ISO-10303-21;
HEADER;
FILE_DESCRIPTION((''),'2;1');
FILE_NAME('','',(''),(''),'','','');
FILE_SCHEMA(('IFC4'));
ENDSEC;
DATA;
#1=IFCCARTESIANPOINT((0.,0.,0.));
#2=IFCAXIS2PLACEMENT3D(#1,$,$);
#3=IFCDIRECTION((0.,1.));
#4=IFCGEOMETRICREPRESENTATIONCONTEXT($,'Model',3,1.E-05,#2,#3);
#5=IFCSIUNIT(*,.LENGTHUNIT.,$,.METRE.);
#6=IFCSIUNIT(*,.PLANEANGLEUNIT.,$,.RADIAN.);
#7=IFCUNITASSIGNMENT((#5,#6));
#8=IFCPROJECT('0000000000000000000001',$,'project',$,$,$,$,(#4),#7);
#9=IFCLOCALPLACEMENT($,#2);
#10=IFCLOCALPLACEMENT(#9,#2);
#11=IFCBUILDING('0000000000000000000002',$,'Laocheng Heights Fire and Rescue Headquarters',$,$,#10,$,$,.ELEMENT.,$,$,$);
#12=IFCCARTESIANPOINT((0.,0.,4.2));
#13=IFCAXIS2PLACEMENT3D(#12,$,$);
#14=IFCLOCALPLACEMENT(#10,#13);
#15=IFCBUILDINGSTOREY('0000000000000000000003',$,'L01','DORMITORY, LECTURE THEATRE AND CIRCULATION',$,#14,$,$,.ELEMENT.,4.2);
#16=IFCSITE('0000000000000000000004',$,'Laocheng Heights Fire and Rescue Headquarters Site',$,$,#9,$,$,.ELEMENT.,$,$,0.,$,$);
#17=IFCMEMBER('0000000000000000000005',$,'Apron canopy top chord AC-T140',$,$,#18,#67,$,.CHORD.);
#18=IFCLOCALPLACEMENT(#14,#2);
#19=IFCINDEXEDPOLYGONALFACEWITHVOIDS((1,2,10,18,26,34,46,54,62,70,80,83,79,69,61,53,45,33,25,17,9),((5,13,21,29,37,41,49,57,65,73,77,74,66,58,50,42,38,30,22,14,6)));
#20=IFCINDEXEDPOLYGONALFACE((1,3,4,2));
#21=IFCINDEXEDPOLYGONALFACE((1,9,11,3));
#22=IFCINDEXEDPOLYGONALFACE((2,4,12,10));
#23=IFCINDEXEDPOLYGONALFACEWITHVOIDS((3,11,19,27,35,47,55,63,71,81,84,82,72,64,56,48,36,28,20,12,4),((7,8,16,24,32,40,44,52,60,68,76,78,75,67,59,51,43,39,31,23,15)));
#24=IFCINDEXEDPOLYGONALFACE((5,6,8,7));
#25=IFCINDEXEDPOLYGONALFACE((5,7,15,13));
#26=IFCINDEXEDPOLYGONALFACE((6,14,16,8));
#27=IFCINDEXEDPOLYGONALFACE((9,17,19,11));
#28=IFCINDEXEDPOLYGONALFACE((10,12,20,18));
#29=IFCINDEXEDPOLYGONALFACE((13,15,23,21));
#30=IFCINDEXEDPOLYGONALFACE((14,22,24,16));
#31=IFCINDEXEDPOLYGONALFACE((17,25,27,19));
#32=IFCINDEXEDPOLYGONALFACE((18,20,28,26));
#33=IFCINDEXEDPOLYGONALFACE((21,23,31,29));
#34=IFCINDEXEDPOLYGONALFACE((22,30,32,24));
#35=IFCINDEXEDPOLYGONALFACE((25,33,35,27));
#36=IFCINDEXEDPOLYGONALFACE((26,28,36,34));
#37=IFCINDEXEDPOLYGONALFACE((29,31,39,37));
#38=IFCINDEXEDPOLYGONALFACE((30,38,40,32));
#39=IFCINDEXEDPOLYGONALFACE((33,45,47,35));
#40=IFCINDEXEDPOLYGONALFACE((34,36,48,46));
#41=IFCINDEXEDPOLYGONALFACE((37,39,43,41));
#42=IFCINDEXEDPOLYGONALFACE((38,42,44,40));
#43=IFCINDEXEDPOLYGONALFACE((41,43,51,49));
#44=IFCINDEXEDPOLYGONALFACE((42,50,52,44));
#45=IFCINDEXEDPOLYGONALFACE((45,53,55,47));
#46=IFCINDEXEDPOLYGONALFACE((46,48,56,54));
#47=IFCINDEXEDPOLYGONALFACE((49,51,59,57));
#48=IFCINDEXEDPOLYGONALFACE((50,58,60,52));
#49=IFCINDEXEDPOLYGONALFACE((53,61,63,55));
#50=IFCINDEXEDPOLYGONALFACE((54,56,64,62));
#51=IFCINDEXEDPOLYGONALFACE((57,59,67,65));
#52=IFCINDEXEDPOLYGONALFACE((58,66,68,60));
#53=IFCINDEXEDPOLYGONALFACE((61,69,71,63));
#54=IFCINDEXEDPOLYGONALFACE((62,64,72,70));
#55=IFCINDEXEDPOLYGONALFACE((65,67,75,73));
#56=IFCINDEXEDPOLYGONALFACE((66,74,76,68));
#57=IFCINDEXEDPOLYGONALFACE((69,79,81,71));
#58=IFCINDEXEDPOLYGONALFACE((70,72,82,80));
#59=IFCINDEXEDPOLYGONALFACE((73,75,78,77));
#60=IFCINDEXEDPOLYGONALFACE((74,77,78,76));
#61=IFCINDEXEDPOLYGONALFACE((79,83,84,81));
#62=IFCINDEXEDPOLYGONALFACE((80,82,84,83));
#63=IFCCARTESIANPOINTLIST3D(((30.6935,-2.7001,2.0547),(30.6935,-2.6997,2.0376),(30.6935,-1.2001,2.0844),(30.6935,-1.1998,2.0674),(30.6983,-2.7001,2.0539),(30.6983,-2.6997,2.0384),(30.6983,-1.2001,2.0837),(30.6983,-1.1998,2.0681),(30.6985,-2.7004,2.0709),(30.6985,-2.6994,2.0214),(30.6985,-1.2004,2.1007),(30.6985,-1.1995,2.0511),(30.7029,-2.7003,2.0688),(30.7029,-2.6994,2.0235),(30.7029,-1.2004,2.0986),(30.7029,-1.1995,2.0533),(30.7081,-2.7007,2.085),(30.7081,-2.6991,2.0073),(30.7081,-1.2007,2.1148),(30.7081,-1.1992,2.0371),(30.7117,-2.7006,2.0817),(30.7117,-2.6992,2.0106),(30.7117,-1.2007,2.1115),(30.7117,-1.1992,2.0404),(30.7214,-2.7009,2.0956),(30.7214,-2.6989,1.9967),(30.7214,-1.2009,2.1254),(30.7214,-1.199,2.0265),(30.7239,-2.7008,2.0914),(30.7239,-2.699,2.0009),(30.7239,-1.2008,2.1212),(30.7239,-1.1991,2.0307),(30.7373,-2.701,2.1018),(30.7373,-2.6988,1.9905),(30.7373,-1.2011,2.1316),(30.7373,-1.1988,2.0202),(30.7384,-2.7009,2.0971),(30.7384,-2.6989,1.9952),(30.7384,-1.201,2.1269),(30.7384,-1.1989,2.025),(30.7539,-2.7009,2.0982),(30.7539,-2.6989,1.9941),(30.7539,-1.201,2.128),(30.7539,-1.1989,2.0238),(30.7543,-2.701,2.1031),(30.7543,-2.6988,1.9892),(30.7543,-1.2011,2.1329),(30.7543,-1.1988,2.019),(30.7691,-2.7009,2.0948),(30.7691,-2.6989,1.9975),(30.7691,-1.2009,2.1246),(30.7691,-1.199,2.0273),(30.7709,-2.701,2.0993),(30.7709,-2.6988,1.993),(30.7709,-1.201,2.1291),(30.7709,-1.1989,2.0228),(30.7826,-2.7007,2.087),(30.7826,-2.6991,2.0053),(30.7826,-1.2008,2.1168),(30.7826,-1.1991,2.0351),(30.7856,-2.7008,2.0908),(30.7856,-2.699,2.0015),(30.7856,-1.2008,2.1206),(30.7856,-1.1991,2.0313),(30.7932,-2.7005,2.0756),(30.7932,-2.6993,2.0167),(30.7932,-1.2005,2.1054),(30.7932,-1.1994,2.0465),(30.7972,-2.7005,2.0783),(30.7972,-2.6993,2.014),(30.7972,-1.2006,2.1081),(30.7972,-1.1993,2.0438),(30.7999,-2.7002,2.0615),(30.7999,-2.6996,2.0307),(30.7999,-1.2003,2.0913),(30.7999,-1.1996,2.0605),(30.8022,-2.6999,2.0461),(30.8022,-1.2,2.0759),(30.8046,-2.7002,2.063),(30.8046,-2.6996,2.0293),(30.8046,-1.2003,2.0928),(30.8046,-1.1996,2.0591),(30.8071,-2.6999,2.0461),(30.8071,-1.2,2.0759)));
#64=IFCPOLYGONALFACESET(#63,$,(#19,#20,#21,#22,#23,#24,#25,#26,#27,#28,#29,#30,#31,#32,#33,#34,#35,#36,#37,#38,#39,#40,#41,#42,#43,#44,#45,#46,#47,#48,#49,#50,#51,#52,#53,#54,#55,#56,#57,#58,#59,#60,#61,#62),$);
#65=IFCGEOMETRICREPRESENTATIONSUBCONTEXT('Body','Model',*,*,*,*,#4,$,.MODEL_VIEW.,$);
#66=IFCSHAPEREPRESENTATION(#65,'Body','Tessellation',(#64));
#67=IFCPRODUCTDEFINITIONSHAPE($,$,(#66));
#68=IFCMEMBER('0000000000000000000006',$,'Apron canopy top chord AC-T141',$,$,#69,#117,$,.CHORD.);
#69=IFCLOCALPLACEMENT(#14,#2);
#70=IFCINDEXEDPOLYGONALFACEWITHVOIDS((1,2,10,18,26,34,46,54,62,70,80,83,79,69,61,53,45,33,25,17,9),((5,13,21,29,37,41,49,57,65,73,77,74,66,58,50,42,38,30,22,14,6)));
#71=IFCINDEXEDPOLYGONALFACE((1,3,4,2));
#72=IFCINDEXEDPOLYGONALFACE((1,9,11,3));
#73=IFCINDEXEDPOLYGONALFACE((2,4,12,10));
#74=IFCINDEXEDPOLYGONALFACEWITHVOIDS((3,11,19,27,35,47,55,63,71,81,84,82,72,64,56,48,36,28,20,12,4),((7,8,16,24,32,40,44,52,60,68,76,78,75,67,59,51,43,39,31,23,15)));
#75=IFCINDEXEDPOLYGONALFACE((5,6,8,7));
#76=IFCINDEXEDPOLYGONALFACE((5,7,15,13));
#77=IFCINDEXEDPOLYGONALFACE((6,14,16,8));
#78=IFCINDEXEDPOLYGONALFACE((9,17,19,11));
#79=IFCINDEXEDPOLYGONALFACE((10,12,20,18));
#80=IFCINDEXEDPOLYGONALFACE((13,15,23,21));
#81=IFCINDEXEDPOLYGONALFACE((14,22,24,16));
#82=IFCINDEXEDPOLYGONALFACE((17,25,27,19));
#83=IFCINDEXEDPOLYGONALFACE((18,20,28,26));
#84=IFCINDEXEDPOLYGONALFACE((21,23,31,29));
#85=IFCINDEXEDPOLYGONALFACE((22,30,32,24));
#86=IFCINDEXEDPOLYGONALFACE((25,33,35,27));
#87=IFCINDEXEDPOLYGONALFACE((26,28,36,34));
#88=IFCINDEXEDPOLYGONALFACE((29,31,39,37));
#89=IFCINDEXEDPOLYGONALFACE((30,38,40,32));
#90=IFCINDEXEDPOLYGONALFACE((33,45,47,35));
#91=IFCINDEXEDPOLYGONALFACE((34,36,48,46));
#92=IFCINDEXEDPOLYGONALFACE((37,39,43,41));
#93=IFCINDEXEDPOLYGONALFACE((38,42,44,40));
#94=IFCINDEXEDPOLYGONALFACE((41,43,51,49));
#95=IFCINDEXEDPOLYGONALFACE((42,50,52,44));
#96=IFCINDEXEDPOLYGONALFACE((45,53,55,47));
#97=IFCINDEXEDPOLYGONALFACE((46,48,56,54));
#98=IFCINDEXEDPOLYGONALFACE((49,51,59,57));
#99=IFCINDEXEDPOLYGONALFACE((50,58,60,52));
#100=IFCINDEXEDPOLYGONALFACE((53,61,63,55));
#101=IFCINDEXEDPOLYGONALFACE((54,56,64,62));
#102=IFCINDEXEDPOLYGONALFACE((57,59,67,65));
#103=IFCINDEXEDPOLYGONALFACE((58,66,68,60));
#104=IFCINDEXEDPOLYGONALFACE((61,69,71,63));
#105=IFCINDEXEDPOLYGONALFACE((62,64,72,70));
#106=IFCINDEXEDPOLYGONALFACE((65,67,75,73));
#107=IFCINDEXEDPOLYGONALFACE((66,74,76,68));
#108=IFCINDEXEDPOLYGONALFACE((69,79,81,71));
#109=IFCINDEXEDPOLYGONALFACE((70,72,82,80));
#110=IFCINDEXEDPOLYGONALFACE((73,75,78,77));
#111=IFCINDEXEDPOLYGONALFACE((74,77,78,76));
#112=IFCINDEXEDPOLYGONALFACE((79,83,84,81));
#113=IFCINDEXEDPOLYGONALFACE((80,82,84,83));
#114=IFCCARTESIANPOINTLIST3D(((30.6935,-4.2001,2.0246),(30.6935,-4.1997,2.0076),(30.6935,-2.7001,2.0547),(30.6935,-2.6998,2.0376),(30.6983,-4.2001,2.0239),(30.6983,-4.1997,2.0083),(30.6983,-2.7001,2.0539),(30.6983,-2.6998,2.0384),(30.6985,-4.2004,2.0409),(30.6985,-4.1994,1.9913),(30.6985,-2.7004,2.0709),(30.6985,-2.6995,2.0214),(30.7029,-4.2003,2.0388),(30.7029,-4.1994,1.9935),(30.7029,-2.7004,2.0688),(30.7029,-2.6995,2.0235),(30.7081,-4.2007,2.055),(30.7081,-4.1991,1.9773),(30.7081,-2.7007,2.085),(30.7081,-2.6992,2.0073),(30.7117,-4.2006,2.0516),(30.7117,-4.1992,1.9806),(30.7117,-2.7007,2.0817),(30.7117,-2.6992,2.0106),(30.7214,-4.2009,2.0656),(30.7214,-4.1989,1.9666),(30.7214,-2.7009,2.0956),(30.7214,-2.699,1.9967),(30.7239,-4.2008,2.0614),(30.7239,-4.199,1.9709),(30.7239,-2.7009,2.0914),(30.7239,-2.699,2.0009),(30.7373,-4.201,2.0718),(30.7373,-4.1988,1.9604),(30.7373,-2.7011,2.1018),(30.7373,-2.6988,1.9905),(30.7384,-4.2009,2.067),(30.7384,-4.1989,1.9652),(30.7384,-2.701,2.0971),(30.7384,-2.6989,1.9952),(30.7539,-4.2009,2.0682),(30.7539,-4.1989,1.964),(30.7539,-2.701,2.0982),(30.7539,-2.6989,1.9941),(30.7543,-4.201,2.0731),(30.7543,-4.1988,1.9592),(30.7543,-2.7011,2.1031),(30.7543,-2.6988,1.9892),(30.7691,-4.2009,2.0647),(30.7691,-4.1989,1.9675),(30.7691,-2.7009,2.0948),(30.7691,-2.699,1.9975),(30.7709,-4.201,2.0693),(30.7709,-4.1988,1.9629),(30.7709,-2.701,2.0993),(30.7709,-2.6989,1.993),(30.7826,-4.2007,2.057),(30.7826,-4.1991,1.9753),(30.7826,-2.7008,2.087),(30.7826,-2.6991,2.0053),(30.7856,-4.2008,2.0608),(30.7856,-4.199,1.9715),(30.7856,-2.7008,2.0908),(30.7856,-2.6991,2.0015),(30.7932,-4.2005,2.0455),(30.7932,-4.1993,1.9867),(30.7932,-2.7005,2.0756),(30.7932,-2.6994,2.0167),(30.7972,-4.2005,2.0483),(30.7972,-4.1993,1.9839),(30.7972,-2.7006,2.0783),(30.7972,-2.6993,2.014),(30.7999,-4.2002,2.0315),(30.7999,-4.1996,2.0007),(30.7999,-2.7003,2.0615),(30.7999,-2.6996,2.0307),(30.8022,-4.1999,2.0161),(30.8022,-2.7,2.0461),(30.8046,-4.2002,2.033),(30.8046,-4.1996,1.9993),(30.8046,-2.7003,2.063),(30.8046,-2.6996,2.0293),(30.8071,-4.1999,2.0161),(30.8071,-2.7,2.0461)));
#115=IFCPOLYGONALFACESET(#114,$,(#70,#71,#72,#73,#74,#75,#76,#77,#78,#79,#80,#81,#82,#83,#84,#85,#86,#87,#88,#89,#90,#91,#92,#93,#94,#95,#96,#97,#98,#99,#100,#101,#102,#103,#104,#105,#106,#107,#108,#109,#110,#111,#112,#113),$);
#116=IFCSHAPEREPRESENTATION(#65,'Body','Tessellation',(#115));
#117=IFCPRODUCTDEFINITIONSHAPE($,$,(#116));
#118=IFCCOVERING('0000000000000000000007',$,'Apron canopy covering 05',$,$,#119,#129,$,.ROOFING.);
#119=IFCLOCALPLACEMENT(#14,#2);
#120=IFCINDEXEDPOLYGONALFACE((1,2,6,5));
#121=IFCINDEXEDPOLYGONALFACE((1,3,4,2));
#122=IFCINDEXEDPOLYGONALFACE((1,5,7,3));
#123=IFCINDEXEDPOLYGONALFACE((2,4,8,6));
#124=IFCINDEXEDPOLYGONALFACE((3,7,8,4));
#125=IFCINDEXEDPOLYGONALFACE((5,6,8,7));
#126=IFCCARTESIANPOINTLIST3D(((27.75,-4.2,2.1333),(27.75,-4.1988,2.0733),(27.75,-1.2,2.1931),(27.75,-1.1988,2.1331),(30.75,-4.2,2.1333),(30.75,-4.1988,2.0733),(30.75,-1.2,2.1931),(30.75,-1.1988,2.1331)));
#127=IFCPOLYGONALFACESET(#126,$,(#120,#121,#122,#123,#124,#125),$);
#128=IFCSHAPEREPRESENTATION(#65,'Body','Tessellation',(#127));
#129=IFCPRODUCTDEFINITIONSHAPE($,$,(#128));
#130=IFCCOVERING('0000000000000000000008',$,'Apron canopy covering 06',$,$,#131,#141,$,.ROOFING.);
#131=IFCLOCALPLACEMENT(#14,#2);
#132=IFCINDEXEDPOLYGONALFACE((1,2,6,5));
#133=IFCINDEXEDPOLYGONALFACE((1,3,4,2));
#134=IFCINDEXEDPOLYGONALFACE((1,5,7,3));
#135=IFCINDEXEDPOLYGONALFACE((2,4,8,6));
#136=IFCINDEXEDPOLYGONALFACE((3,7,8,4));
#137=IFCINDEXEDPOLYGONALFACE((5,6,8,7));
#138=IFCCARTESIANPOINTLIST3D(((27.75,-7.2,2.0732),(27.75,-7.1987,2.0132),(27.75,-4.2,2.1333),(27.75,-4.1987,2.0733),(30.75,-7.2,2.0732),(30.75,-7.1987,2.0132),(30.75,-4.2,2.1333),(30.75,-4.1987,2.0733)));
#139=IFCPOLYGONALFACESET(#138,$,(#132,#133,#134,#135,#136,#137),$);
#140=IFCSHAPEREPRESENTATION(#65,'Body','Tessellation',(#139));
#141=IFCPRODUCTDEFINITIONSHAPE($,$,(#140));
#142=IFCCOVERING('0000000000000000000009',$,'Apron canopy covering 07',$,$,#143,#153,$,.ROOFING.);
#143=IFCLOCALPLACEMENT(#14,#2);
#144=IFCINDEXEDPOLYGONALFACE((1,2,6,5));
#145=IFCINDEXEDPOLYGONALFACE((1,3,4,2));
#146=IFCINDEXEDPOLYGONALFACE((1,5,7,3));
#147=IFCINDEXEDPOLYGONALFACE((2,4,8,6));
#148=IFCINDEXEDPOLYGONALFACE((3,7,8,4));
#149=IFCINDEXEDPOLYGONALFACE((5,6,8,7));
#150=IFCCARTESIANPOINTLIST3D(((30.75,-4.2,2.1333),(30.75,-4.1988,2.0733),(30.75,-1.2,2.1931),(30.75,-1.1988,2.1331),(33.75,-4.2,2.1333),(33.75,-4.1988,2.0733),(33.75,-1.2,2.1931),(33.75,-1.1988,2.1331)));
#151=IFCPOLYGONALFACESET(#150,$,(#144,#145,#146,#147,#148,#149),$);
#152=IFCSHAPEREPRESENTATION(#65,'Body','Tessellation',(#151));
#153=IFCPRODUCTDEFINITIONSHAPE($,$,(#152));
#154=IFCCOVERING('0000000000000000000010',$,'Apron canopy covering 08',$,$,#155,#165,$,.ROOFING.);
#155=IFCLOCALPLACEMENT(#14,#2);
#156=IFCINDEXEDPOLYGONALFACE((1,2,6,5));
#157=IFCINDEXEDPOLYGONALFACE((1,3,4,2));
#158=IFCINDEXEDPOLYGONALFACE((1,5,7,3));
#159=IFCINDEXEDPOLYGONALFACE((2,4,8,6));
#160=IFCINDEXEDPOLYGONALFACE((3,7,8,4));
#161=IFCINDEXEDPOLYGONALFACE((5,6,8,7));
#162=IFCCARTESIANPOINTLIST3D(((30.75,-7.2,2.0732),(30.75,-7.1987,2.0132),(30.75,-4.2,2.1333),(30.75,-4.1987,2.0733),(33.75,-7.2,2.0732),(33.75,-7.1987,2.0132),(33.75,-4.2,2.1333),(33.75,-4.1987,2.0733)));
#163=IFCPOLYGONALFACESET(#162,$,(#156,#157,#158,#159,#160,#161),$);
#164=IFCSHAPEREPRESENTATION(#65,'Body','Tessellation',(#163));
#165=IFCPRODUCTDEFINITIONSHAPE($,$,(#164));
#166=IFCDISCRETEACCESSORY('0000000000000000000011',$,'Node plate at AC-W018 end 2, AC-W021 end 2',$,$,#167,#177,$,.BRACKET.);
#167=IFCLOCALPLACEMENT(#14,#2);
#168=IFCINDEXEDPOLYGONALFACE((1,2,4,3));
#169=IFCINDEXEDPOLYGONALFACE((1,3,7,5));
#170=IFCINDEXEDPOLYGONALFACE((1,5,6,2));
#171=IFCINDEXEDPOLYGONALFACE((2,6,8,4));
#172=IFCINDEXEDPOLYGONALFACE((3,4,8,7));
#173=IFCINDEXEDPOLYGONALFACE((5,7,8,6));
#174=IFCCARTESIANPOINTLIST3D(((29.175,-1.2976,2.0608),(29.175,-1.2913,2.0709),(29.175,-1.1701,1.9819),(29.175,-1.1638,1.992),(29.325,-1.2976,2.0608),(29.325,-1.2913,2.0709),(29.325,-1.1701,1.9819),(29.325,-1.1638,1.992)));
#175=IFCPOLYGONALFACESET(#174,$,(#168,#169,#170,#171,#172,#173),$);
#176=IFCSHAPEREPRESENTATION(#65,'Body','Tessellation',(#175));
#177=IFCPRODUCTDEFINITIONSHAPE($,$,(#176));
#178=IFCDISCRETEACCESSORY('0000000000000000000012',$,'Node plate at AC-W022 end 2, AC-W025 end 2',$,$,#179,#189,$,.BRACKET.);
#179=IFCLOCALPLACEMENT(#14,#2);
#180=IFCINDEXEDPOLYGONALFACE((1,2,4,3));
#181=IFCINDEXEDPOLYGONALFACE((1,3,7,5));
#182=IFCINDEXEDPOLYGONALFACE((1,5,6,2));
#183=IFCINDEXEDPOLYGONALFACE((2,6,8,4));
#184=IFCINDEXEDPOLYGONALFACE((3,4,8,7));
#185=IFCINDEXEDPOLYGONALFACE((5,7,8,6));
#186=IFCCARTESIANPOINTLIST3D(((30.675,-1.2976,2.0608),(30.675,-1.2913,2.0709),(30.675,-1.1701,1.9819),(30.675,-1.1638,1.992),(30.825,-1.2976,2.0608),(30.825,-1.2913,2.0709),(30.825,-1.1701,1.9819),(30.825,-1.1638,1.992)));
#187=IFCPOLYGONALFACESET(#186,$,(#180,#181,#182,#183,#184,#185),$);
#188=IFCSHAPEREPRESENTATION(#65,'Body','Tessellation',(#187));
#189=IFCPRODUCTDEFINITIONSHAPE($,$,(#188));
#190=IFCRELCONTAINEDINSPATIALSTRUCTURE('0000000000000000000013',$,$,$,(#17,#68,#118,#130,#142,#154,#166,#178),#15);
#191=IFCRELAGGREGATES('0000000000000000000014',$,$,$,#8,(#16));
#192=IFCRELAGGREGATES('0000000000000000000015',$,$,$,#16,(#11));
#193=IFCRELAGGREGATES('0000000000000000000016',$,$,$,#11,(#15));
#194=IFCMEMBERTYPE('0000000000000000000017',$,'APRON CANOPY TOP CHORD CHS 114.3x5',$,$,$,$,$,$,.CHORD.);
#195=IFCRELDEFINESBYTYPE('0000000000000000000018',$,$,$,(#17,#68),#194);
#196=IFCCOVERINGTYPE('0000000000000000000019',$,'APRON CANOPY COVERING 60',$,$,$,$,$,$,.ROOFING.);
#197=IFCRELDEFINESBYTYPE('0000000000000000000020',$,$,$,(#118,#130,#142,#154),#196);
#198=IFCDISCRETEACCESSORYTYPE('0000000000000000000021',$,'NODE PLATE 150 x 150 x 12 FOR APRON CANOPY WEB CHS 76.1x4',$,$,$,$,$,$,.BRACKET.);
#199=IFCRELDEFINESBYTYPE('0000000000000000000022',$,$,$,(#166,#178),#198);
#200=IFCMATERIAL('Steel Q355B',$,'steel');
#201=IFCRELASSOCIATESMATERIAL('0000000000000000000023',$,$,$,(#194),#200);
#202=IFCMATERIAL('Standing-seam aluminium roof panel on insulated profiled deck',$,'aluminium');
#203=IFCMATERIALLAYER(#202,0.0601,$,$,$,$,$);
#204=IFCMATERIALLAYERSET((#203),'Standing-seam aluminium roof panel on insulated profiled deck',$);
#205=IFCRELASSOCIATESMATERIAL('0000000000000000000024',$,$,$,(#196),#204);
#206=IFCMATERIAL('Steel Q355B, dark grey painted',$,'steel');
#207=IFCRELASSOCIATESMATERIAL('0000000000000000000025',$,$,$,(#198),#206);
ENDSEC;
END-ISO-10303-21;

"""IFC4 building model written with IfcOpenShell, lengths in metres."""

from ifc_helpers import new_model, si_unit, direction, frame, origin, origin_2d, place, context, subcontext, project, spatial, polyline, rectangle, hollow_circle, outline, extrude, material, layer, layer_set, material_profile, profile_set, type_object, element, save


model = new_model("IFC4")

# Units and contexts
model_context = context("Model", 3, precision=1e-05, world=origin(), true_north=direction((0.0, 1.0)))
body_context = subcontext(model_context, "Body", "Model", "MODEL_VIEW")
ifc_project = project(units=[si_unit("LENGTHUNIT", "METRE"), si_unit("PLANEANGLEUNIT", "RADIAN")], contexts=[model_context])

# Site, building, storey
site_placement = place(None, origin())
site = spatial("IfcSite", under=ifc_project, at=site_placement, Name="Laocheng Heights Fire and Rescue Headquarters Site", CompositionType="ELEMENT", RefElevation=0.0)
building_placement = place(site_placement, origin())
building = spatial("IfcBuilding", under=site, at=building_placement, Name="Laocheng Heights Fire and Rescue Headquarters", CompositionType="ELEMENT")
storey_placement = place(building_placement, frame((0.0, 0.0, 4.2)))
storey = spatial("IfcBuildingStorey", under=building, at=storey_placement, Name="L01", Description="DORMITORY, LECTURE THEATRE AND CIRCULATION", CompositionType="ELEMENT", Elevation=4.2)

# Members
ifc_material_1 = material(Name="Steel Q355B", Category="steel")
ifc_material_profile_1 = material_profile(ifc_material_1, hollow_circle(Radius=0.0571, WallThickness=0.0049, at=origin_2d()), Name="CHS 114.3x5")
ifc_profile_set_1 = profile_set([ifc_material_profile_1], Name="Steel Q355B")
member_type = type_object("IfcMemberType", Name="APRON CANOPY TOP CHORD CHS 114.3x5", PredefinedType="CHORD", material=ifc_profile_set_1)
for number, where, z_axis, x_axis, name in (
    (1, (30.75, -1.2, 2.0759), (0.0, -0.999803, -0.019853), (1.0, 0.0, 0.0), "Apron canopy top chord AC-T140"),
    (2, (30.75, -2.7, 2.0461), (0.0, -0.9998, -0.020016), (1.0, 0.0, 0.0), "Apron canopy top chord AC-T141"),
):
    element("IfcMember", number, at=place(storey_placement, frame(where, z_axis=z_axis, x_axis=x_axis)), inside=storey, type_object=member_type, Name=name, PredefinedType="CHORD", context=body_context, shape_type="SweptSolid", body=[
        extrude(hollow_circle(Radius=0.0571, WallThickness=0.0049, at=origin_2d()), origin(), (0.0, 0.0, 1.0), 1.5002),
    ])

# Coverings
ifc_material_2 = material(Name="Standing-seam aluminium roof panel on insulated profiled deck", Category="aluminium")
ifc_layer = layer(ifc_material_2, 0.0601)
ifc_layer_set = layer_set([ifc_layer], Name="Standing-seam aluminium roof panel on insulated profiled deck")
covering_type = type_object("IfcCoveringType", Name="APRON CANOPY COVERING 60", PredefinedType="ROOFING", material=ifc_layer_set)
covering_1_placement = place(storey_placement, frame((27.75, -1.2, 2.1931), z_axis=(0.0, -0.019934, 0.999801), x_axis=(1.0, 0.0, 0.0)))
element("IfcCovering", 3, at=covering_1_placement, inside=storey, type_object=covering_type, Name="Apron canopy covering 05", PredefinedType="ROOFING", context=body_context, shape_type="SweptSolid", body=[
    extrude(outline(polyline([(0.0, 0.0), (3.0, 0.0), (3.0, -3.0006), (0.0, -3.0006), (0.0, 0.0)])), origin(), (0.0, 0.0, -1.0), 0.0601),
])
covering_2_placement = place(storey_placement, frame((27.75, -4.2, 2.1333), z_axis=(0.0, -0.020016, 0.9998), x_axis=(1.0, 0.0, 0.0)))
element("IfcCovering", 4, at=covering_2_placement, inside=storey, type_object=covering_type, Name="Apron canopy covering 06", PredefinedType="ROOFING", context=body_context, shape_type="SweptSolid", body=[
    extrude(outline(polyline([(0.0, 0.0), (3.0, 0.0), (3.0, -3.0006), (0.0, -3.0006), (0.0, 0.0)])), origin(), (0.0, 0.0, -1.0), 0.0601),
])
covering_3_placement = place(storey_placement, frame((30.75, -1.2, 2.1931), z_axis=(0.0, -0.019934, 0.999801), x_axis=(1.0, 0.0, 0.0)))
element("IfcCovering", 5, at=covering_3_placement, inside=storey, type_object=covering_type, Name="Apron canopy covering 07", PredefinedType="ROOFING", context=body_context, shape_type="SweptSolid", body=[
    extrude(outline(polyline([(0.0, 0.0), (3.0, 0.0), (3.0, -3.0006), (0.0, -3.0006), (0.0, 0.0)])), origin(), (0.0, 0.0, -1.0), 0.0601),
])
covering_4_placement = place(storey_placement, frame((30.75, -4.2, 2.1333), z_axis=(0.0, -0.020016, 0.9998), x_axis=(1.0, 0.0, 0.0)))
element("IfcCovering", 6, at=covering_4_placement, inside=storey, type_object=covering_type, Name="Apron canopy covering 08", PredefinedType="ROOFING", context=body_context, shape_type="SweptSolid", body=[
    extrude(outline(polyline([(0.0, 0.0), (3.0, 0.0), (3.0, -3.0006), (0.0, -3.0006), (0.0, 0.0)])), origin(), (0.0, 0.0, -1.0), 0.0601),
])

# Discrete accessories
ifc_material_3 = material(Name="Steel Q355B, dark grey painted", Category="steel")
ifc_material_profile_2 = material_profile(ifc_material_3, rectangle(XDim=0.1499, YDim=0.1499, at=origin_2d()), Name="NODE PLATE 150 x 150 x 12 FOR APRON CANOPY WEB CHS 76.1x4")
ifc_profile_set_2 = profile_set([ifc_material_profile_2], Name="Steel Q355B, dark grey painted")
discrete_accessory_type = type_object("IfcDiscreteAccessoryType", Name="NODE PLATE 150 x 150 x 12 FOR APRON CANOPY WEB CHS 76.1x4", PredefinedType="BRACKET", material=ifc_profile_set_2)
for number, where, z_axis, x_axis, name in (
    (7, (29.25, -1.2275, 2.0315), (0.0, -0.526355, -0.850265), (1.0, 0.0, 0.0), "Node plate at AC-W018 end 2, AC-W021 end 2"),
    (8, (30.75, -1.2275, 2.0315), (0.0, -0.526355, -0.850265), (1.0, 0.0, 0.0), "Node plate at AC-W022 end 2, AC-W025 end 2"),
):
    element("IfcDiscreteAccessory", number, at=place(storey_placement, frame(where, z_axis=z_axis, x_axis=x_axis)), inside=storey, type_object=discrete_accessory_type, Name=name, PredefinedType="BRACKET", context=body_context, shape_type="SweptSolid", body=[
        extrude(rectangle(XDim=0.1499, YDim=0.1499, at=origin_2d()), origin(), (0.0, 0.0, 1.0), 0.012),
    ])

save(model, "model.ifc")
